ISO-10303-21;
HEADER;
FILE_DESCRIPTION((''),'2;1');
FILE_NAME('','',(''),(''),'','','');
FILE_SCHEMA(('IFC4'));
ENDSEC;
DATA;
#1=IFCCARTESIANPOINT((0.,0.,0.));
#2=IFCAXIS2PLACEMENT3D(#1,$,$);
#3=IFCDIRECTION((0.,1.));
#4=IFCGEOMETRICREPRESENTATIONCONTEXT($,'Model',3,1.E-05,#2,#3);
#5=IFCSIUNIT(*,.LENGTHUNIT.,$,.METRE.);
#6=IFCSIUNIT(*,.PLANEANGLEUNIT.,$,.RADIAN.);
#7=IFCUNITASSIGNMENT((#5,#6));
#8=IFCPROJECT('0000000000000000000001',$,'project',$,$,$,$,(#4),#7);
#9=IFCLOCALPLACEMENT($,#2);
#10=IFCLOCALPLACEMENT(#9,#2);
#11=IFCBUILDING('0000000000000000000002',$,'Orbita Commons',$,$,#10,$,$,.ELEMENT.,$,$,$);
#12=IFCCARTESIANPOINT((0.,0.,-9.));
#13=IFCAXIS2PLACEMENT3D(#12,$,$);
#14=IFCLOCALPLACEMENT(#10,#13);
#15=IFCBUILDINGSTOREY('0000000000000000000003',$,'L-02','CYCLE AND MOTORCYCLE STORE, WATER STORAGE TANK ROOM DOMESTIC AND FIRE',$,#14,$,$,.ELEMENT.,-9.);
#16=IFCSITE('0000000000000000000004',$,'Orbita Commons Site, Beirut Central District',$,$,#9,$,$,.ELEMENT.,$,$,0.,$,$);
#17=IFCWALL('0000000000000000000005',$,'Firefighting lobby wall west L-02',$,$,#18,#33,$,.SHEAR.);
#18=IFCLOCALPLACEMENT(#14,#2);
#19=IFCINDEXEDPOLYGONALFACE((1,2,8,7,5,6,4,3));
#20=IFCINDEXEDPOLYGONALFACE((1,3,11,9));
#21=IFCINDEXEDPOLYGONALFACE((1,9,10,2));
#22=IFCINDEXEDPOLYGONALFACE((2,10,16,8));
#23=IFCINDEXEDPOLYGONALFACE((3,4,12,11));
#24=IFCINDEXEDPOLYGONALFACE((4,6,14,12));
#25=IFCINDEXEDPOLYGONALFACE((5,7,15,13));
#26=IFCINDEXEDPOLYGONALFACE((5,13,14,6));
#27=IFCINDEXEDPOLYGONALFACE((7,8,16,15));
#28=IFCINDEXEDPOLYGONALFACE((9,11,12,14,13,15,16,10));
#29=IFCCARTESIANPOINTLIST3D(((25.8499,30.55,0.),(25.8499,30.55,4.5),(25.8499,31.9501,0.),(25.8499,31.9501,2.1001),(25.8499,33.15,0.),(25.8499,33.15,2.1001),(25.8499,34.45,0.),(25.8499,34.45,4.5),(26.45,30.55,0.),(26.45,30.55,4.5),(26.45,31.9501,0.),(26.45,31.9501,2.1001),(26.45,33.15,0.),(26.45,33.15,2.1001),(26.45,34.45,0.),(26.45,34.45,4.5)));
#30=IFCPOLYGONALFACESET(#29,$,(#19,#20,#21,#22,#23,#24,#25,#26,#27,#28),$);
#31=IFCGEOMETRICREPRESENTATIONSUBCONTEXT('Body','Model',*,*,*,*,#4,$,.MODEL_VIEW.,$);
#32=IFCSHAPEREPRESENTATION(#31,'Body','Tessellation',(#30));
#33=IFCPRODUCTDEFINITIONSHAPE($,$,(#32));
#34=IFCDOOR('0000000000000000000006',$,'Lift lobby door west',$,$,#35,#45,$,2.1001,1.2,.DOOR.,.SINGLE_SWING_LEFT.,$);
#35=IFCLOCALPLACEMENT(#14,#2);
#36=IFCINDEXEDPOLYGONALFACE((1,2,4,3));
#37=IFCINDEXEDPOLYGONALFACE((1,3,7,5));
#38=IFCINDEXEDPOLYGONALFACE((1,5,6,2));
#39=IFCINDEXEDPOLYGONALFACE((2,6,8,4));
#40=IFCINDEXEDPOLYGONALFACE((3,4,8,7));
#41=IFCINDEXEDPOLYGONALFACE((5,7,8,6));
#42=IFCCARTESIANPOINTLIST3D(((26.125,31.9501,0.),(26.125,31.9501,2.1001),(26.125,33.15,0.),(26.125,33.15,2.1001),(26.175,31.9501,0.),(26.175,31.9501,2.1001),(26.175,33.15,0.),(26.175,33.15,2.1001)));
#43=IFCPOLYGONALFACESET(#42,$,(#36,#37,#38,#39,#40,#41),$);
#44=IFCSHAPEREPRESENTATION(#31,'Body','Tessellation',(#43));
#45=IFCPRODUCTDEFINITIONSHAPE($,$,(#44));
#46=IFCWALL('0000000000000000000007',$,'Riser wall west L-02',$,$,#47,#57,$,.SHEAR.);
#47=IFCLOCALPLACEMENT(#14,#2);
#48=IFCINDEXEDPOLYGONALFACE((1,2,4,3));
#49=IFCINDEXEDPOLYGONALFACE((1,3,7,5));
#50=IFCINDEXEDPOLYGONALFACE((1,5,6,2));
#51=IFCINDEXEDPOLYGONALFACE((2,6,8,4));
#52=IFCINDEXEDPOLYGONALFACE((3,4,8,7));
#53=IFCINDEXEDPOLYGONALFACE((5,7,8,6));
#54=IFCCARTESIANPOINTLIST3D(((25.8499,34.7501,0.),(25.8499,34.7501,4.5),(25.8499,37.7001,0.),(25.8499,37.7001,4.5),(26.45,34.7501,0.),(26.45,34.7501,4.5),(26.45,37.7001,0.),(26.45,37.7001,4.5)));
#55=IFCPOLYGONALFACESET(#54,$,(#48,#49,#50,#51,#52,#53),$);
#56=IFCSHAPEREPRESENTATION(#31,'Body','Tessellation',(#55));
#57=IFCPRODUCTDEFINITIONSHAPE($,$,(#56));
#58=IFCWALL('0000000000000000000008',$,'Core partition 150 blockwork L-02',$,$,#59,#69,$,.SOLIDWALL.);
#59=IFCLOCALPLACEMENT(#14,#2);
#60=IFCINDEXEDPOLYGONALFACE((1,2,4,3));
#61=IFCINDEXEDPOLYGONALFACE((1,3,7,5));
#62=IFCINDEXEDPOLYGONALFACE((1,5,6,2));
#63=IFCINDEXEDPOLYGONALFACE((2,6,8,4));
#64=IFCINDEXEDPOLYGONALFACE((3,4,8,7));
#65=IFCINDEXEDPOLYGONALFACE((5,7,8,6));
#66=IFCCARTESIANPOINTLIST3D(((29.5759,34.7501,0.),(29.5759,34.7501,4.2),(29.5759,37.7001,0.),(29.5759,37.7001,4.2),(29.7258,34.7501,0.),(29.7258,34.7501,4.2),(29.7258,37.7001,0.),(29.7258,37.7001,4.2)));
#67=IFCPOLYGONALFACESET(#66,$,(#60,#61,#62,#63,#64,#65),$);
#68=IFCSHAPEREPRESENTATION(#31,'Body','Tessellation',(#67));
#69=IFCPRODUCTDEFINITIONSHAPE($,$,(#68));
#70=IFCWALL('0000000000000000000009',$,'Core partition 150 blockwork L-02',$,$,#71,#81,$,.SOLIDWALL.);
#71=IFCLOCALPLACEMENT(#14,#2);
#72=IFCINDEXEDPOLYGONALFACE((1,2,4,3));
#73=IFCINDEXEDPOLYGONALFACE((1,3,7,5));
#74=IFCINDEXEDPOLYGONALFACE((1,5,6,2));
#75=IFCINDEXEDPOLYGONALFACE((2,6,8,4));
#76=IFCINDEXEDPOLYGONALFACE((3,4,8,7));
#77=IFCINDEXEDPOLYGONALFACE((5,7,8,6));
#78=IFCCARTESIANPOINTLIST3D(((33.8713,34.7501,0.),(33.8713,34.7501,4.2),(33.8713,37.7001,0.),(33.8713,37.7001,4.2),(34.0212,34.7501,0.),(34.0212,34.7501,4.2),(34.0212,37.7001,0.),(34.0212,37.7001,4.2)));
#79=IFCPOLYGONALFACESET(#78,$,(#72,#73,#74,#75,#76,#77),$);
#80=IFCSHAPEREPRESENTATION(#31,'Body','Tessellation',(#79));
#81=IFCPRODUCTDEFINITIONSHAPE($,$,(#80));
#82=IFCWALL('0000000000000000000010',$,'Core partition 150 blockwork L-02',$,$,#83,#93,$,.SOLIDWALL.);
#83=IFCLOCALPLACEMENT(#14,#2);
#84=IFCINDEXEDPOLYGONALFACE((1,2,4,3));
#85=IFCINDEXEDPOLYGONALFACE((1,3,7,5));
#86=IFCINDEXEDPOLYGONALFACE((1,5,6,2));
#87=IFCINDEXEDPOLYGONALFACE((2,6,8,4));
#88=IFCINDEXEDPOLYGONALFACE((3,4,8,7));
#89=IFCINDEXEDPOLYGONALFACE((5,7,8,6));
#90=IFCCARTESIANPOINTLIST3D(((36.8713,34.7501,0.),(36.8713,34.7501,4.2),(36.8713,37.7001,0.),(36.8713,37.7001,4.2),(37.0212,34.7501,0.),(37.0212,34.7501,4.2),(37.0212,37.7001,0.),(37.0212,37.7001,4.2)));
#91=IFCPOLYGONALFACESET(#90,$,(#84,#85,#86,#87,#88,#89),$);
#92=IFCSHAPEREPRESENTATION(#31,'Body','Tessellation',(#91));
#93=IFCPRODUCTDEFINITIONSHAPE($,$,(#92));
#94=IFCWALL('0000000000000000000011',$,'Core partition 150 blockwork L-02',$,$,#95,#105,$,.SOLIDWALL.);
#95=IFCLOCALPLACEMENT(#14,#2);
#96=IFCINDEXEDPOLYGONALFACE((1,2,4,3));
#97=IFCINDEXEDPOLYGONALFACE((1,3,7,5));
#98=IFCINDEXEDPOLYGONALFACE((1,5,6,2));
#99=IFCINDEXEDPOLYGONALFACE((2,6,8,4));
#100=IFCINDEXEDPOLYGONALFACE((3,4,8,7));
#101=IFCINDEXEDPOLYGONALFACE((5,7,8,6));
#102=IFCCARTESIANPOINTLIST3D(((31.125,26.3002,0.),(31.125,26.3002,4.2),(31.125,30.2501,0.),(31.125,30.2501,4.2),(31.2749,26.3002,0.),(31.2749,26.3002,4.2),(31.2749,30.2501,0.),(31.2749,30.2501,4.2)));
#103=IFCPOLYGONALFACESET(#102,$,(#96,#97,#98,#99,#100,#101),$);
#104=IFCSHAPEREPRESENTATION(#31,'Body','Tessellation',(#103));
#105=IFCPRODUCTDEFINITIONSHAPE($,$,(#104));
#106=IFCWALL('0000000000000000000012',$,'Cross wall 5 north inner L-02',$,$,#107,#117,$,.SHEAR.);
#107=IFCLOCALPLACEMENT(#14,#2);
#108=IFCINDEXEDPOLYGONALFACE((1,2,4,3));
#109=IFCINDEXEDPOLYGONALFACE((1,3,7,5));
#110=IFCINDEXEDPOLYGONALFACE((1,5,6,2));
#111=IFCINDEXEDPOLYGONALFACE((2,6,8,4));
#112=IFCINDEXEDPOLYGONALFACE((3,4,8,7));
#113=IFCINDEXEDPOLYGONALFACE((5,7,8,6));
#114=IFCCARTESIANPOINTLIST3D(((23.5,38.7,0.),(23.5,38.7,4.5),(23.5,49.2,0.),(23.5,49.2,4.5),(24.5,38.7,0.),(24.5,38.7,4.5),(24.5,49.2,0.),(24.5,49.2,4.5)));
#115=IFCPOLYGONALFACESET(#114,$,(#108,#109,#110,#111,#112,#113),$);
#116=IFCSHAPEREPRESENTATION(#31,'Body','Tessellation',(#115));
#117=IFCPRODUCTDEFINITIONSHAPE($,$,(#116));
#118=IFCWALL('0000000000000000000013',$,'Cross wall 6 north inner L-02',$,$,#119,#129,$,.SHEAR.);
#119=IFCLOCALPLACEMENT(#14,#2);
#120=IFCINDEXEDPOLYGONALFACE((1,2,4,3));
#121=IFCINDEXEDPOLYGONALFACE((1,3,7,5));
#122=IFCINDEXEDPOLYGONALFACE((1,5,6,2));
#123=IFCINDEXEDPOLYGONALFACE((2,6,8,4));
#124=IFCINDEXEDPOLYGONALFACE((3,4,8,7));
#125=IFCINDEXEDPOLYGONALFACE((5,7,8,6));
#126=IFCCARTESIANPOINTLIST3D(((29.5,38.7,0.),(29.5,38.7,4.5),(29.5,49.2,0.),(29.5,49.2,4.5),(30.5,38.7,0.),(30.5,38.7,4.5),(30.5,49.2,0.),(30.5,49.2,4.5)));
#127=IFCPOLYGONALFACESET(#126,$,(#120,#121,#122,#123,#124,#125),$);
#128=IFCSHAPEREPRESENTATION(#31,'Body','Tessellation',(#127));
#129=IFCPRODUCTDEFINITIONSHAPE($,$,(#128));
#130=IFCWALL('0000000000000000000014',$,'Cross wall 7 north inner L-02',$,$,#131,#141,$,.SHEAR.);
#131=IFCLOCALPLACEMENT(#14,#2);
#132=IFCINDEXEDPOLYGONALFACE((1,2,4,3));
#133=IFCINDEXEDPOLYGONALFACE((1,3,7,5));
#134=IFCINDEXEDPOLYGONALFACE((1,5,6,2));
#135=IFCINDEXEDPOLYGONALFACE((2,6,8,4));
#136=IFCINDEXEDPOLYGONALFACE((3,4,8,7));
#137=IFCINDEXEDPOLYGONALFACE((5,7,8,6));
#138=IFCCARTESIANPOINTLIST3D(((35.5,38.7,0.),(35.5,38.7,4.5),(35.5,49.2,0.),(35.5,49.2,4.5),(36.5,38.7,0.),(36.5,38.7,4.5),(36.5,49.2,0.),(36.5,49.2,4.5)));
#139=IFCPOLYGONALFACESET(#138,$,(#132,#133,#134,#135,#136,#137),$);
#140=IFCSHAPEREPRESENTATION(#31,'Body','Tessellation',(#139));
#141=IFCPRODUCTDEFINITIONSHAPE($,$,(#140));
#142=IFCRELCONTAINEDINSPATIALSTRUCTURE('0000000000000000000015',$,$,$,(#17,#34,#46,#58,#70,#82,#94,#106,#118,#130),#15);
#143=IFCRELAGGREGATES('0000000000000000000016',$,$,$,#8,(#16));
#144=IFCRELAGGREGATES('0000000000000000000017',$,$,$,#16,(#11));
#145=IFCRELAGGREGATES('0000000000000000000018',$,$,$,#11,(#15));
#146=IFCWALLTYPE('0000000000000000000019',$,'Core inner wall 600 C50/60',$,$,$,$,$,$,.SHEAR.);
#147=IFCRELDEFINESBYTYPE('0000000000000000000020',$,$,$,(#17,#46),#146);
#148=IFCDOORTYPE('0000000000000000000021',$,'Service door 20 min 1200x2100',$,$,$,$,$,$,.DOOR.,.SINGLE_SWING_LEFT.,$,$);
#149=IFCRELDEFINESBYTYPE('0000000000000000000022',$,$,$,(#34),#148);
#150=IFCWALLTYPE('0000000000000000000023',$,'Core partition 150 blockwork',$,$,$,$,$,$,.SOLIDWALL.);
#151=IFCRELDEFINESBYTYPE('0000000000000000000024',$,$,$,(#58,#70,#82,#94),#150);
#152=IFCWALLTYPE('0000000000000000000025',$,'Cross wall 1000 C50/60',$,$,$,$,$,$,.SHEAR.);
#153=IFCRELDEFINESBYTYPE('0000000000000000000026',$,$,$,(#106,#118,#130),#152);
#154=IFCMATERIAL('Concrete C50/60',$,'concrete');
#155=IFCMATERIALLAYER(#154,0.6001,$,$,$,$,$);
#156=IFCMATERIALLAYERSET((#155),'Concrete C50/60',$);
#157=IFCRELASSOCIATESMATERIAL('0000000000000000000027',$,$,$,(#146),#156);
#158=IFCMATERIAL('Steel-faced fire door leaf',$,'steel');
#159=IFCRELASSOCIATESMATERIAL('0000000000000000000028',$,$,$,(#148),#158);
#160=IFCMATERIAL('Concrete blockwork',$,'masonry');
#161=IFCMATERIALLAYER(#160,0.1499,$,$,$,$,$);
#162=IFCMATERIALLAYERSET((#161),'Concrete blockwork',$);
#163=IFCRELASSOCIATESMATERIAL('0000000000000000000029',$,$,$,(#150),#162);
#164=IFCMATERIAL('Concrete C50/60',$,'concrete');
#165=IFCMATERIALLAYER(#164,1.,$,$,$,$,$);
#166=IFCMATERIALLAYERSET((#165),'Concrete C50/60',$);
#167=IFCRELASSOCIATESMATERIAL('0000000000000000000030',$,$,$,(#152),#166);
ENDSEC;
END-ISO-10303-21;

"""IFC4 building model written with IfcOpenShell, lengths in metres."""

from ifc_helpers import new_model, si_unit, direction, frame, frame_2d, origin, place, context, subcontext, project, spatial, rectangle, extrude, material, layer, layer_set, type_object, element, fill, save


model = new_model("IFC4")

# Units and contexts
model_context = context("Model", 3, precision=1e-05, world=origin(), true_north=direction((0.0, 1.0)))
body_context = subcontext(model_context, "Body", "Model", "MODEL_VIEW")
ifc_project = project(units=[si_unit("LENGTHUNIT", "METRE"), si_unit("PLANEANGLEUNIT", "RADIAN")], contexts=[model_context])

# Site, building, storey
site_placement = place(None, origin())
site = spatial("IfcSite", under=ifc_project, at=site_placement, Name="Orbita Commons Site, Beirut Central District", CompositionType="ELEMENT", RefElevation=0.0)
building_placement = place(site_placement, origin())
building = spatial("IfcBuilding", under=site, at=building_placement, Name="Orbita Commons", CompositionType="ELEMENT")
storey_placement = place(building_placement, frame((0.0, 0.0, -9.0)))
storey = spatial("IfcBuildingStorey", under=building, at=storey_placement, Name="L-02", Description="CYCLE AND MOTORCYCLE STORE, WATER STORAGE TANK ROOM DOMESTIC AND FIRE", CompositionType="ELEMENT", Elevation=-9.0)

# Shared definitions
ifc_material_1 = material(Name="Concrete C50/60", Category="concrete")
ifc_layer_1 = layer(ifc_material_1, 0.6001)
ifc_layer_set_1 = layer_set([ifc_layer_1], Name="Concrete C50/60")
wall_type_1 = type_object("IfcWallType", Name="Core inner wall 600 C50/60", PredefinedType="SHEAR", material=ifc_layer_set_1)

# Wall, opening, door
wall_1_placement = place(storey_placement, frame((26.1499, 30.55, 0.0), z_axis=(0.0, 0.0, 1.0), x_axis=(0.0, 1.0, 0.0)))
wall_1 = element("IfcWall", 1, at=wall_1_placement, inside=storey, type_object=wall_type_1, Name="Firefighting lobby wall west L-02", PredefinedType="SHEAR", context=body_context, shape_type="SweptSolid", body=[
    extrude(rectangle(XDim=3.8999, YDim=0.6001, at=frame_2d((1.95, 0.0))), origin(), (0.0, 0.0, 1.0), 4.5),
])
opening_placement = place(wall_1_placement, frame((1.3999, 0.0, 0.0)))
opening = element("IfcOpeningElement", 2, at=opening_placement, cuts=wall_1, PredefinedType="OPENING", context=body_context, shape_type="SweptSolid", body=[
    extrude(rectangle(XDim=1.2, YDim=2.1001, at=frame_2d((0.6001, 1.05))), frame((0.0, 0.3101, 0.0), z_axis=(0.0, -1.0, 0.0), x_axis=(1.0, 0.0, 0.0)), (0.0, 0.0, 1.0), 0.6201),
])
ifc_material_2 = material(Name="Steel-faced fire door leaf", Category="steel")
door_type = type_object("IfcDoorType", Name="Service door 20 min 1200x2100", OperationType="SINGLE_SWING_LEFT", PredefinedType="DOOR", material=ifc_material_2)
door_placement = place(opening_placement, origin())
door = element("IfcDoor", 3, at=door_placement, inside=storey, type_object=door_type, Name="Lift lobby door west", OperationType="SINGLE_SWING_LEFT", OverallHeight=2.1001, OverallWidth=1.2, PredefinedType="DOOR", context=body_context, shape_type="SweptSolid", body=[
    extrude(rectangle(XDim=1.2, YDim=2.1001, at=frame_2d((0.6001, 1.05))), frame((0.0, 0.0249, 0.0), z_axis=(0.0, -1.0, 0.0), x_axis=(1.0, 0.0, 0.0)), (0.0, 0.0, 1.0), 0.05),
])
fill(opening, door)

# Walls
wall_2_placement = place(storey_placement, frame((26.1499, 34.75, 0.0), z_axis=(0.0, 0.0, 1.0), x_axis=(0.0, 1.0, 0.0)))
element("IfcWall", 4, at=wall_2_placement, inside=storey, type_object=wall_type_1, Name="Riser wall west L-02", PredefinedType="SHEAR", context=body_context, shape_type="SweptSolid", body=[
    extrude(rectangle(XDim=2.95, YDim=0.6001, at=frame_2d((1.4751, 0.0))), origin(), (0.0, 0.0, 1.0), 4.5),
])
ifc_material_3 = material(Name="Concrete blockwork", Category="masonry")
ifc_layer_2 = layer(ifc_material_3, 0.1499)
ifc_layer_set_2 = layer_set([ifc_layer_2], Name="Concrete blockwork")
wall_type_2 = type_object("IfcWallType", Name="Core partition 150 blockwork", PredefinedType="SOLIDWALL", material=ifc_layer_set_2)
for number, where, z_axis, x_axis, name in (
    (5, (29.6509, 34.75, 0.0), (0.0, 0.0, 1.0), (0.0, 1.0, 0.0), "Core partition 150 blockwork L-02"),
    (6, (33.9463, 34.75, 0.0), (0.0, 0.0, 1.0), (0.0, 1.0, 0.0), "Core partition 150 blockwork L-02"),
    (7, (36.9463, 34.75, 0.0), (0.0, 0.0, 1.0), (0.0, 1.0, 0.0), "Core partition 150 blockwork L-02"),
):
    element("IfcWall", number, at=place(storey_placement, frame(where, z_axis=z_axis, x_axis=x_axis)), inside=storey, type_object=wall_type_2, Name=name, PredefinedType="SOLIDWALL", context=body_context, shape_type="SweptSolid", body=[
        extrude(rectangle(XDim=2.95, YDim=0.1499, at=frame_2d((1.4751, 0.0))), origin(), (0.0, 0.0, 1.0), 4.2),
    ])
wall_3_placement = place(storey_placement, frame((31.2, 26.3, 0.0), z_axis=(0.0, 0.0, 1.0), x_axis=(0.0, 1.0, 0.0)))
element("IfcWall", 8, at=wall_3_placement, inside=storey, type_object=wall_type_2, Name="Core partition 150 blockwork L-02", PredefinedType="SOLIDWALL", context=body_context, shape_type="SweptSolid", body=[
    extrude(rectangle(XDim=3.95, YDim=0.1499, at=frame_2d((1.9751, 0.0))), origin(), (0.0, 0.0, 1.0), 4.2),
])
ifc_material_4 = material(Name="Concrete C50/60", Category="concrete")
ifc_layer_3 = layer(ifc_material_4, 1.0)
ifc_layer_set_3 = layer_set([ifc_layer_3], Name="Concrete C50/60")
wall_type_3 = type_object("IfcWallType", Name="Cross wall 1000 C50/60", PredefinedType="SHEAR", material=ifc_layer_set_3)
for number, where, z_axis, x_axis, name in (
    (9, (24.0, 38.7, 0.0), (0.0, 0.0, 1.0), (0.0, 1.0, 0.0), "Cross wall 5 north inner L-02"),
    (10, (30.0, 38.7, 0.0), (0.0, 0.0, 1.0), (0.0, 1.0, 0.0), "Cross wall 6 north inner L-02"),
    (11, (36.0, 38.7, 0.0), (0.0, 0.0, 1.0), (0.0, 1.0, 0.0), "Cross wall 7 north inner L-02"),
):
    element("IfcWall", number, at=place(storey_placement, frame(where, z_axis=z_axis, x_axis=x_axis)), inside=storey, type_object=wall_type_3, Name=name, PredefinedType="SHEAR", context=body_context, shape_type="SweptSolid", body=[
        extrude(rectangle(XDim=10.5, YDim=1.0, at=frame_2d((5.25, 0.0))), origin(), (0.0, 0.0, 1.0), 4.5),
    ])

save(model, "model.ifc")
